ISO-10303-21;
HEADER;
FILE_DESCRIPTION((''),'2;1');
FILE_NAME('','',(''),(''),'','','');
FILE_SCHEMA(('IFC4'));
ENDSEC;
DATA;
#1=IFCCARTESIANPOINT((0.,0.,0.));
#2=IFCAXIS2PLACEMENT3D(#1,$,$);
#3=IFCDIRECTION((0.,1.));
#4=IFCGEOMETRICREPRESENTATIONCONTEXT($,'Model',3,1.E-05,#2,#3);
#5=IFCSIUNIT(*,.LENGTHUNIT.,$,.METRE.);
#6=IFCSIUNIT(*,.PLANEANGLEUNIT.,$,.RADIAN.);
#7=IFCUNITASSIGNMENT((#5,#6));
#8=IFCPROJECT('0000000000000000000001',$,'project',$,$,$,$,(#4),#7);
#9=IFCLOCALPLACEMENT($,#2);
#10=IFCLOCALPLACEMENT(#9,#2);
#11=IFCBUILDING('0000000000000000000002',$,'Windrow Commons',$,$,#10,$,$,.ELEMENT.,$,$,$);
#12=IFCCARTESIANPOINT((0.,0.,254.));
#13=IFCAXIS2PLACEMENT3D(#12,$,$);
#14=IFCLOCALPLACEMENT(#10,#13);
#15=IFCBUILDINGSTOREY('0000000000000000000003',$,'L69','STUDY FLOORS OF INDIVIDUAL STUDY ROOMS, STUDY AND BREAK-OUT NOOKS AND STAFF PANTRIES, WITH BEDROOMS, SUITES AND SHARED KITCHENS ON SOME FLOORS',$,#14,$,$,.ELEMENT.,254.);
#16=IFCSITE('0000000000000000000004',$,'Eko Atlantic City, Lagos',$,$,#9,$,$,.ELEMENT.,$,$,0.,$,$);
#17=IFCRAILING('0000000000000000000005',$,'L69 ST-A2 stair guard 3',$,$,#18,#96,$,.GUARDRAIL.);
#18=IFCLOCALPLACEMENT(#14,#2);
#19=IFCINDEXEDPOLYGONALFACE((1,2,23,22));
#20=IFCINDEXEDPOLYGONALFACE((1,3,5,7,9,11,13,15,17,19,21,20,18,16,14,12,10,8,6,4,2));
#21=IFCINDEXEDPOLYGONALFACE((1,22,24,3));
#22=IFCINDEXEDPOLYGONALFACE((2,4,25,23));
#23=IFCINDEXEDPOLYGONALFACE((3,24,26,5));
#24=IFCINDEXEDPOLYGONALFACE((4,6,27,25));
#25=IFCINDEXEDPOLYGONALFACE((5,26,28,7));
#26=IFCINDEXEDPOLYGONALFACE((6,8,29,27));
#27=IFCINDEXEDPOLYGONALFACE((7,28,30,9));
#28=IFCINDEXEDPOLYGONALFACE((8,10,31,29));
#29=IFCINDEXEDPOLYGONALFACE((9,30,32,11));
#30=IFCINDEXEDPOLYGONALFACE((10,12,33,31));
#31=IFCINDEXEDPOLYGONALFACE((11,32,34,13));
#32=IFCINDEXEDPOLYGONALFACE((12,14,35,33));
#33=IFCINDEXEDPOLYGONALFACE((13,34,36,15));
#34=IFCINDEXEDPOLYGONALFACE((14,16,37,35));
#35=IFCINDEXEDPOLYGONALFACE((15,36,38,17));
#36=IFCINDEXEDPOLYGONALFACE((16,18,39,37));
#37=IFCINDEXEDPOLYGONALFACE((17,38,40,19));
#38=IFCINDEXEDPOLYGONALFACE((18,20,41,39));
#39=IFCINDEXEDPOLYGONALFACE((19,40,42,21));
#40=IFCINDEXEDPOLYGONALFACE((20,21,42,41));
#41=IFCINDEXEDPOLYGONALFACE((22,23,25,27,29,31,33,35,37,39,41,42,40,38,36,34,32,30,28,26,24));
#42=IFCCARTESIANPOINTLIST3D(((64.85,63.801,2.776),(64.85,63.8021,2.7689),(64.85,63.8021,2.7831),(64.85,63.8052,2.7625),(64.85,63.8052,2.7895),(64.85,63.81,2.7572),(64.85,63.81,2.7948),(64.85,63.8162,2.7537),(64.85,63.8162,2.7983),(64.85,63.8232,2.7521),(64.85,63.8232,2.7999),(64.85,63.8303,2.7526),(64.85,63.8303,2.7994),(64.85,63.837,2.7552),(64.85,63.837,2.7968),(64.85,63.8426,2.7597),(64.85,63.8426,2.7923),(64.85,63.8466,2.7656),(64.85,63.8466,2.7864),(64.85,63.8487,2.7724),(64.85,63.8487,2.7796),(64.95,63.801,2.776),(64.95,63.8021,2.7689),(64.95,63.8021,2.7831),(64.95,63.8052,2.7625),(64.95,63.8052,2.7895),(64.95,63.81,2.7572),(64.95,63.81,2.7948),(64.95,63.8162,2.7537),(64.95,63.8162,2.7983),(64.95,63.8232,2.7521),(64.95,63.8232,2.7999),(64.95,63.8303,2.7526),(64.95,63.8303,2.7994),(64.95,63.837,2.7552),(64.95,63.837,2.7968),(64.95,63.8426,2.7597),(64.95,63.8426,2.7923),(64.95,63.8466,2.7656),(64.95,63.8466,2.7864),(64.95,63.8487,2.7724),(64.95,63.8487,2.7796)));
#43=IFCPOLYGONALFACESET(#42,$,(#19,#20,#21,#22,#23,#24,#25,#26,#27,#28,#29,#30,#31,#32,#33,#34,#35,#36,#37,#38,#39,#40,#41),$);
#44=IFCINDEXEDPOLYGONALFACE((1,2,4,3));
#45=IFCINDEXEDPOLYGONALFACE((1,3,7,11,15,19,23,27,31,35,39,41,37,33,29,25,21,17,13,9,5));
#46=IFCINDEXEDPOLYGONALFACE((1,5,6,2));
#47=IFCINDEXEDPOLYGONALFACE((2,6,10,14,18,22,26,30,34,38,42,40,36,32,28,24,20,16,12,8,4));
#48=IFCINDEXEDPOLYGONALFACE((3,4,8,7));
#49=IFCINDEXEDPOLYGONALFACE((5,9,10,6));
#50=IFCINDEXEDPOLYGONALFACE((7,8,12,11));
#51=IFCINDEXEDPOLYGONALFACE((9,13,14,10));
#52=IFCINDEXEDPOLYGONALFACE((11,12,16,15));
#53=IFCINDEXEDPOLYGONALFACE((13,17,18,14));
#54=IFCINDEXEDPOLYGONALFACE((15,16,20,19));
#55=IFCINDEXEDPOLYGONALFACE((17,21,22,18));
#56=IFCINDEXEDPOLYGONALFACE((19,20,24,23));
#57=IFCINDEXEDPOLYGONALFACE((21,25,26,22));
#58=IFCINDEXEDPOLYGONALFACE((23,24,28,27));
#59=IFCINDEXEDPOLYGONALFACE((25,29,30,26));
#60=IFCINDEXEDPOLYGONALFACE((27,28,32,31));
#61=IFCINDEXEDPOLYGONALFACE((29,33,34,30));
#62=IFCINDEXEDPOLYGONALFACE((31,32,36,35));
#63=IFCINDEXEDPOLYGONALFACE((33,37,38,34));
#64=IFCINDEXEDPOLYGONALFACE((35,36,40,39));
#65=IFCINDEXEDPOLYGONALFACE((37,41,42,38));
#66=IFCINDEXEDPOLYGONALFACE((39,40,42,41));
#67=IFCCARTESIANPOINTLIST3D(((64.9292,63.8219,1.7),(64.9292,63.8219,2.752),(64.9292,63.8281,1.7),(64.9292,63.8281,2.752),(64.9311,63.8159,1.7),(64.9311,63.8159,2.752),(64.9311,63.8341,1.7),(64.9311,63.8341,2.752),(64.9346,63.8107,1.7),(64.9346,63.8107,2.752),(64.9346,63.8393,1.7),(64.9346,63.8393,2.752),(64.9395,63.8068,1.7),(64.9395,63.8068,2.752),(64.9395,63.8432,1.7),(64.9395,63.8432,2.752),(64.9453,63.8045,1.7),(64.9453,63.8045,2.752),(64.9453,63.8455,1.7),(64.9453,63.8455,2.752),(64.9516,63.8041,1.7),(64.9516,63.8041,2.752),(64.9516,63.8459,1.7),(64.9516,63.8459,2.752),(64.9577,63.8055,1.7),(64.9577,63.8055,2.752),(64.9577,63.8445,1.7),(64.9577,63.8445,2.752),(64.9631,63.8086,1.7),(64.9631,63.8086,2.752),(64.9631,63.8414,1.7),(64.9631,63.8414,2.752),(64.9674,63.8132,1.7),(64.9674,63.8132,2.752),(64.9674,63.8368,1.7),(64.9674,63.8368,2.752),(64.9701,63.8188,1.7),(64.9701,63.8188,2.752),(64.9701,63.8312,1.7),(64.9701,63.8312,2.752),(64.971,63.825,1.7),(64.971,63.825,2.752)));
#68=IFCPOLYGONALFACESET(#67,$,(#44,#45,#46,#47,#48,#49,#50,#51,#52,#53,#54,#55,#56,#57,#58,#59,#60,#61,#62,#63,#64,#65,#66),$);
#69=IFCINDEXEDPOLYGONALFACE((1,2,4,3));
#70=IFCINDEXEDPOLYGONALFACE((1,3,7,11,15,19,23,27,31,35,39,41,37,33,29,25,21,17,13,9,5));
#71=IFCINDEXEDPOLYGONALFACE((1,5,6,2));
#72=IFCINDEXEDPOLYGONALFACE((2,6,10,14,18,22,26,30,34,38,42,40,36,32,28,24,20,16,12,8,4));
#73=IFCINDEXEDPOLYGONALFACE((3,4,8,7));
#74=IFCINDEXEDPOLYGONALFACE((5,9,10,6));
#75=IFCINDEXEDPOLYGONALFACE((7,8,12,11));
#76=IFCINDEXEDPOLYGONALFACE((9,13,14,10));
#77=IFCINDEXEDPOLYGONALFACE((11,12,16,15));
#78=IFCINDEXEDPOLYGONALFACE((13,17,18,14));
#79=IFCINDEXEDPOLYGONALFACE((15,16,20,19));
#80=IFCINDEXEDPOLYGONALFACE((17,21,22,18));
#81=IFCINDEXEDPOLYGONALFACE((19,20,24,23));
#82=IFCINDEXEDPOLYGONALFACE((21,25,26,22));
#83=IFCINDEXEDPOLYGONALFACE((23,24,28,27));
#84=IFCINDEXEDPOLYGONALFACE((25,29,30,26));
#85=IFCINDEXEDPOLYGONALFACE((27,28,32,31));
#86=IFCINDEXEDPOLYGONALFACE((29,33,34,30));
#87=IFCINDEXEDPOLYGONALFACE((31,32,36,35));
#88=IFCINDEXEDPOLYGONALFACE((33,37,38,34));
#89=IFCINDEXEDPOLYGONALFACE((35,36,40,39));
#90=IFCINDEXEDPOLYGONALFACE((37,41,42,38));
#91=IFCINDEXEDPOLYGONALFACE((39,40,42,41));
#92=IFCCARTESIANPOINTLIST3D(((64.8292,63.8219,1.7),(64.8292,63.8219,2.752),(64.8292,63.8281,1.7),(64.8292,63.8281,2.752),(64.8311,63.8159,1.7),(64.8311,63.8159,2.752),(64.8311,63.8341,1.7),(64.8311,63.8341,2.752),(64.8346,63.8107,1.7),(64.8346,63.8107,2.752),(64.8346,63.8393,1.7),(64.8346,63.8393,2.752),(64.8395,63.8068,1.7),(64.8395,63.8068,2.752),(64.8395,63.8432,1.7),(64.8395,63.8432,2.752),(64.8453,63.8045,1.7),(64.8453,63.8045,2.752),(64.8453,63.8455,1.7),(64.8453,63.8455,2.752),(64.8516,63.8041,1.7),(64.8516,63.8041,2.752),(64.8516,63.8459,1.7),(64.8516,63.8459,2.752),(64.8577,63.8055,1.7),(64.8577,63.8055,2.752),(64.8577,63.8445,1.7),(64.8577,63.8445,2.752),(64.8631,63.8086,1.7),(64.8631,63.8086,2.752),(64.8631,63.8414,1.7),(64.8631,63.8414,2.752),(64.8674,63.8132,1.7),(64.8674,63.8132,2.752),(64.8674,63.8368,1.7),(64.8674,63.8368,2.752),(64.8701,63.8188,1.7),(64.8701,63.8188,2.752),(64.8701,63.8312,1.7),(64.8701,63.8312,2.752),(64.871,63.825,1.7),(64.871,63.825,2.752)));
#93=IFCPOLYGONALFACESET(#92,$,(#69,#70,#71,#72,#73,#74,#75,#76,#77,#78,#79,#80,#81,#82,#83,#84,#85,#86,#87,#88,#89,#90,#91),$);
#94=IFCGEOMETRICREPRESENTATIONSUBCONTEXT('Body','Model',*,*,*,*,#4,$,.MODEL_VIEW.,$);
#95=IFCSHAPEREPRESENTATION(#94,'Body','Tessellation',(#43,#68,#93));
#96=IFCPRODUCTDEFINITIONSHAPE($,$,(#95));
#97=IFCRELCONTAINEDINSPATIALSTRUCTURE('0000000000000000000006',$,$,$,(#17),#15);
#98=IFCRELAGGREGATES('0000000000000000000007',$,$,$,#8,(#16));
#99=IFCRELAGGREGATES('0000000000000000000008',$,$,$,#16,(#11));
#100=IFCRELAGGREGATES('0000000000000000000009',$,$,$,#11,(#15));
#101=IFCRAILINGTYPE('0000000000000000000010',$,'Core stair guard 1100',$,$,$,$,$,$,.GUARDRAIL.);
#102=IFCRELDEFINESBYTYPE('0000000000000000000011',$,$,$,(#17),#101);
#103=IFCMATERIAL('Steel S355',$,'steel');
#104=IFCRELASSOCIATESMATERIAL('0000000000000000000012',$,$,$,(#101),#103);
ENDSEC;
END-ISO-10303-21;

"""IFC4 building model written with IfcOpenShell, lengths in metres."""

from ifc_helpers import new_model, si_unit, direction, frame, origin, origin_2d, place, context, subcontext, project, spatial, circle, extrude, material, type_object, element, save


model = new_model("IFC4")

# Units and contexts
model_context = context("Model", 3, precision=1e-05, world=origin(), true_north=direction((0.0, 1.0)))
body_context = subcontext(model_context, "Body", "Model", "MODEL_VIEW")
ifc_project = project(units=[si_unit("LENGTHUNIT", "METRE"), si_unit("PLANEANGLEUNIT", "RADIAN")], contexts=[model_context])

# Site, building, storey
site_placement = place(None, origin())
site = spatial("IfcSite", under=ifc_project, at=site_placement, Name="Eko Atlantic City, Lagos", CompositionType="ELEMENT", RefElevation=0.0)
building_placement = place(site_placement, origin())
building = spatial("IfcBuilding", under=site, at=building_placement, Name="Windrow Commons", CompositionType="ELEMENT")
storey_placement = place(building_placement, frame((0.0, 0.0, 254.0)))
storey = spatial("IfcBuildingStorey", under=building, at=storey_placement, Name="L69", Description="STUDY FLOORS OF INDIVIDUAL STUDY ROOMS, STUDY AND BREAK-OUT NOOKS AND STAFF PANTRIES, WITH BEDROOMS, SUITES AND SHARED KITCHENS ON SOME FLOORS", CompositionType="ELEMENT", Elevation=254.0)

# Railing
ifc_material_1 = material(Name="Steel S355", Category="steel")
railing_type_1 = type_object("IfcRailingType", Name="Core stair guard 1100", PredefinedType="GUARDRAIL", material=ifc_material_1)
railing_1_placement = place(storey_placement, frame((64.95, 63.825, 1.7)))
element("IfcRailing", 1, at=railing_1_placement, inside=storey, type_object=railing_type_1, Name="L69 ST-A2 stair guard 3", PredefinedType="GUARDRAIL", context=body_context, shape_type="SweptSolid", body=[
    extrude(circle(Radius=0.024, at=origin_2d()), frame((0.0, 0.0, 1.076), z_axis=(-1.0, 0.0, 0.0), x_axis=(0.0, -1.0, 0.0)), (0.0, 0.0, 1.0), 0.1),
    extrude(circle(Radius=0.021, at=origin_2d()), origin(), (0.0, 0.0, 1.0), 1.052),
    extrude(circle(Radius=0.021, at=origin_2d()), frame((-0.1, 0.0, 0.0)), (0.0, 0.0, 1.0), 1.052),
])

save(model, "model.ifc")
